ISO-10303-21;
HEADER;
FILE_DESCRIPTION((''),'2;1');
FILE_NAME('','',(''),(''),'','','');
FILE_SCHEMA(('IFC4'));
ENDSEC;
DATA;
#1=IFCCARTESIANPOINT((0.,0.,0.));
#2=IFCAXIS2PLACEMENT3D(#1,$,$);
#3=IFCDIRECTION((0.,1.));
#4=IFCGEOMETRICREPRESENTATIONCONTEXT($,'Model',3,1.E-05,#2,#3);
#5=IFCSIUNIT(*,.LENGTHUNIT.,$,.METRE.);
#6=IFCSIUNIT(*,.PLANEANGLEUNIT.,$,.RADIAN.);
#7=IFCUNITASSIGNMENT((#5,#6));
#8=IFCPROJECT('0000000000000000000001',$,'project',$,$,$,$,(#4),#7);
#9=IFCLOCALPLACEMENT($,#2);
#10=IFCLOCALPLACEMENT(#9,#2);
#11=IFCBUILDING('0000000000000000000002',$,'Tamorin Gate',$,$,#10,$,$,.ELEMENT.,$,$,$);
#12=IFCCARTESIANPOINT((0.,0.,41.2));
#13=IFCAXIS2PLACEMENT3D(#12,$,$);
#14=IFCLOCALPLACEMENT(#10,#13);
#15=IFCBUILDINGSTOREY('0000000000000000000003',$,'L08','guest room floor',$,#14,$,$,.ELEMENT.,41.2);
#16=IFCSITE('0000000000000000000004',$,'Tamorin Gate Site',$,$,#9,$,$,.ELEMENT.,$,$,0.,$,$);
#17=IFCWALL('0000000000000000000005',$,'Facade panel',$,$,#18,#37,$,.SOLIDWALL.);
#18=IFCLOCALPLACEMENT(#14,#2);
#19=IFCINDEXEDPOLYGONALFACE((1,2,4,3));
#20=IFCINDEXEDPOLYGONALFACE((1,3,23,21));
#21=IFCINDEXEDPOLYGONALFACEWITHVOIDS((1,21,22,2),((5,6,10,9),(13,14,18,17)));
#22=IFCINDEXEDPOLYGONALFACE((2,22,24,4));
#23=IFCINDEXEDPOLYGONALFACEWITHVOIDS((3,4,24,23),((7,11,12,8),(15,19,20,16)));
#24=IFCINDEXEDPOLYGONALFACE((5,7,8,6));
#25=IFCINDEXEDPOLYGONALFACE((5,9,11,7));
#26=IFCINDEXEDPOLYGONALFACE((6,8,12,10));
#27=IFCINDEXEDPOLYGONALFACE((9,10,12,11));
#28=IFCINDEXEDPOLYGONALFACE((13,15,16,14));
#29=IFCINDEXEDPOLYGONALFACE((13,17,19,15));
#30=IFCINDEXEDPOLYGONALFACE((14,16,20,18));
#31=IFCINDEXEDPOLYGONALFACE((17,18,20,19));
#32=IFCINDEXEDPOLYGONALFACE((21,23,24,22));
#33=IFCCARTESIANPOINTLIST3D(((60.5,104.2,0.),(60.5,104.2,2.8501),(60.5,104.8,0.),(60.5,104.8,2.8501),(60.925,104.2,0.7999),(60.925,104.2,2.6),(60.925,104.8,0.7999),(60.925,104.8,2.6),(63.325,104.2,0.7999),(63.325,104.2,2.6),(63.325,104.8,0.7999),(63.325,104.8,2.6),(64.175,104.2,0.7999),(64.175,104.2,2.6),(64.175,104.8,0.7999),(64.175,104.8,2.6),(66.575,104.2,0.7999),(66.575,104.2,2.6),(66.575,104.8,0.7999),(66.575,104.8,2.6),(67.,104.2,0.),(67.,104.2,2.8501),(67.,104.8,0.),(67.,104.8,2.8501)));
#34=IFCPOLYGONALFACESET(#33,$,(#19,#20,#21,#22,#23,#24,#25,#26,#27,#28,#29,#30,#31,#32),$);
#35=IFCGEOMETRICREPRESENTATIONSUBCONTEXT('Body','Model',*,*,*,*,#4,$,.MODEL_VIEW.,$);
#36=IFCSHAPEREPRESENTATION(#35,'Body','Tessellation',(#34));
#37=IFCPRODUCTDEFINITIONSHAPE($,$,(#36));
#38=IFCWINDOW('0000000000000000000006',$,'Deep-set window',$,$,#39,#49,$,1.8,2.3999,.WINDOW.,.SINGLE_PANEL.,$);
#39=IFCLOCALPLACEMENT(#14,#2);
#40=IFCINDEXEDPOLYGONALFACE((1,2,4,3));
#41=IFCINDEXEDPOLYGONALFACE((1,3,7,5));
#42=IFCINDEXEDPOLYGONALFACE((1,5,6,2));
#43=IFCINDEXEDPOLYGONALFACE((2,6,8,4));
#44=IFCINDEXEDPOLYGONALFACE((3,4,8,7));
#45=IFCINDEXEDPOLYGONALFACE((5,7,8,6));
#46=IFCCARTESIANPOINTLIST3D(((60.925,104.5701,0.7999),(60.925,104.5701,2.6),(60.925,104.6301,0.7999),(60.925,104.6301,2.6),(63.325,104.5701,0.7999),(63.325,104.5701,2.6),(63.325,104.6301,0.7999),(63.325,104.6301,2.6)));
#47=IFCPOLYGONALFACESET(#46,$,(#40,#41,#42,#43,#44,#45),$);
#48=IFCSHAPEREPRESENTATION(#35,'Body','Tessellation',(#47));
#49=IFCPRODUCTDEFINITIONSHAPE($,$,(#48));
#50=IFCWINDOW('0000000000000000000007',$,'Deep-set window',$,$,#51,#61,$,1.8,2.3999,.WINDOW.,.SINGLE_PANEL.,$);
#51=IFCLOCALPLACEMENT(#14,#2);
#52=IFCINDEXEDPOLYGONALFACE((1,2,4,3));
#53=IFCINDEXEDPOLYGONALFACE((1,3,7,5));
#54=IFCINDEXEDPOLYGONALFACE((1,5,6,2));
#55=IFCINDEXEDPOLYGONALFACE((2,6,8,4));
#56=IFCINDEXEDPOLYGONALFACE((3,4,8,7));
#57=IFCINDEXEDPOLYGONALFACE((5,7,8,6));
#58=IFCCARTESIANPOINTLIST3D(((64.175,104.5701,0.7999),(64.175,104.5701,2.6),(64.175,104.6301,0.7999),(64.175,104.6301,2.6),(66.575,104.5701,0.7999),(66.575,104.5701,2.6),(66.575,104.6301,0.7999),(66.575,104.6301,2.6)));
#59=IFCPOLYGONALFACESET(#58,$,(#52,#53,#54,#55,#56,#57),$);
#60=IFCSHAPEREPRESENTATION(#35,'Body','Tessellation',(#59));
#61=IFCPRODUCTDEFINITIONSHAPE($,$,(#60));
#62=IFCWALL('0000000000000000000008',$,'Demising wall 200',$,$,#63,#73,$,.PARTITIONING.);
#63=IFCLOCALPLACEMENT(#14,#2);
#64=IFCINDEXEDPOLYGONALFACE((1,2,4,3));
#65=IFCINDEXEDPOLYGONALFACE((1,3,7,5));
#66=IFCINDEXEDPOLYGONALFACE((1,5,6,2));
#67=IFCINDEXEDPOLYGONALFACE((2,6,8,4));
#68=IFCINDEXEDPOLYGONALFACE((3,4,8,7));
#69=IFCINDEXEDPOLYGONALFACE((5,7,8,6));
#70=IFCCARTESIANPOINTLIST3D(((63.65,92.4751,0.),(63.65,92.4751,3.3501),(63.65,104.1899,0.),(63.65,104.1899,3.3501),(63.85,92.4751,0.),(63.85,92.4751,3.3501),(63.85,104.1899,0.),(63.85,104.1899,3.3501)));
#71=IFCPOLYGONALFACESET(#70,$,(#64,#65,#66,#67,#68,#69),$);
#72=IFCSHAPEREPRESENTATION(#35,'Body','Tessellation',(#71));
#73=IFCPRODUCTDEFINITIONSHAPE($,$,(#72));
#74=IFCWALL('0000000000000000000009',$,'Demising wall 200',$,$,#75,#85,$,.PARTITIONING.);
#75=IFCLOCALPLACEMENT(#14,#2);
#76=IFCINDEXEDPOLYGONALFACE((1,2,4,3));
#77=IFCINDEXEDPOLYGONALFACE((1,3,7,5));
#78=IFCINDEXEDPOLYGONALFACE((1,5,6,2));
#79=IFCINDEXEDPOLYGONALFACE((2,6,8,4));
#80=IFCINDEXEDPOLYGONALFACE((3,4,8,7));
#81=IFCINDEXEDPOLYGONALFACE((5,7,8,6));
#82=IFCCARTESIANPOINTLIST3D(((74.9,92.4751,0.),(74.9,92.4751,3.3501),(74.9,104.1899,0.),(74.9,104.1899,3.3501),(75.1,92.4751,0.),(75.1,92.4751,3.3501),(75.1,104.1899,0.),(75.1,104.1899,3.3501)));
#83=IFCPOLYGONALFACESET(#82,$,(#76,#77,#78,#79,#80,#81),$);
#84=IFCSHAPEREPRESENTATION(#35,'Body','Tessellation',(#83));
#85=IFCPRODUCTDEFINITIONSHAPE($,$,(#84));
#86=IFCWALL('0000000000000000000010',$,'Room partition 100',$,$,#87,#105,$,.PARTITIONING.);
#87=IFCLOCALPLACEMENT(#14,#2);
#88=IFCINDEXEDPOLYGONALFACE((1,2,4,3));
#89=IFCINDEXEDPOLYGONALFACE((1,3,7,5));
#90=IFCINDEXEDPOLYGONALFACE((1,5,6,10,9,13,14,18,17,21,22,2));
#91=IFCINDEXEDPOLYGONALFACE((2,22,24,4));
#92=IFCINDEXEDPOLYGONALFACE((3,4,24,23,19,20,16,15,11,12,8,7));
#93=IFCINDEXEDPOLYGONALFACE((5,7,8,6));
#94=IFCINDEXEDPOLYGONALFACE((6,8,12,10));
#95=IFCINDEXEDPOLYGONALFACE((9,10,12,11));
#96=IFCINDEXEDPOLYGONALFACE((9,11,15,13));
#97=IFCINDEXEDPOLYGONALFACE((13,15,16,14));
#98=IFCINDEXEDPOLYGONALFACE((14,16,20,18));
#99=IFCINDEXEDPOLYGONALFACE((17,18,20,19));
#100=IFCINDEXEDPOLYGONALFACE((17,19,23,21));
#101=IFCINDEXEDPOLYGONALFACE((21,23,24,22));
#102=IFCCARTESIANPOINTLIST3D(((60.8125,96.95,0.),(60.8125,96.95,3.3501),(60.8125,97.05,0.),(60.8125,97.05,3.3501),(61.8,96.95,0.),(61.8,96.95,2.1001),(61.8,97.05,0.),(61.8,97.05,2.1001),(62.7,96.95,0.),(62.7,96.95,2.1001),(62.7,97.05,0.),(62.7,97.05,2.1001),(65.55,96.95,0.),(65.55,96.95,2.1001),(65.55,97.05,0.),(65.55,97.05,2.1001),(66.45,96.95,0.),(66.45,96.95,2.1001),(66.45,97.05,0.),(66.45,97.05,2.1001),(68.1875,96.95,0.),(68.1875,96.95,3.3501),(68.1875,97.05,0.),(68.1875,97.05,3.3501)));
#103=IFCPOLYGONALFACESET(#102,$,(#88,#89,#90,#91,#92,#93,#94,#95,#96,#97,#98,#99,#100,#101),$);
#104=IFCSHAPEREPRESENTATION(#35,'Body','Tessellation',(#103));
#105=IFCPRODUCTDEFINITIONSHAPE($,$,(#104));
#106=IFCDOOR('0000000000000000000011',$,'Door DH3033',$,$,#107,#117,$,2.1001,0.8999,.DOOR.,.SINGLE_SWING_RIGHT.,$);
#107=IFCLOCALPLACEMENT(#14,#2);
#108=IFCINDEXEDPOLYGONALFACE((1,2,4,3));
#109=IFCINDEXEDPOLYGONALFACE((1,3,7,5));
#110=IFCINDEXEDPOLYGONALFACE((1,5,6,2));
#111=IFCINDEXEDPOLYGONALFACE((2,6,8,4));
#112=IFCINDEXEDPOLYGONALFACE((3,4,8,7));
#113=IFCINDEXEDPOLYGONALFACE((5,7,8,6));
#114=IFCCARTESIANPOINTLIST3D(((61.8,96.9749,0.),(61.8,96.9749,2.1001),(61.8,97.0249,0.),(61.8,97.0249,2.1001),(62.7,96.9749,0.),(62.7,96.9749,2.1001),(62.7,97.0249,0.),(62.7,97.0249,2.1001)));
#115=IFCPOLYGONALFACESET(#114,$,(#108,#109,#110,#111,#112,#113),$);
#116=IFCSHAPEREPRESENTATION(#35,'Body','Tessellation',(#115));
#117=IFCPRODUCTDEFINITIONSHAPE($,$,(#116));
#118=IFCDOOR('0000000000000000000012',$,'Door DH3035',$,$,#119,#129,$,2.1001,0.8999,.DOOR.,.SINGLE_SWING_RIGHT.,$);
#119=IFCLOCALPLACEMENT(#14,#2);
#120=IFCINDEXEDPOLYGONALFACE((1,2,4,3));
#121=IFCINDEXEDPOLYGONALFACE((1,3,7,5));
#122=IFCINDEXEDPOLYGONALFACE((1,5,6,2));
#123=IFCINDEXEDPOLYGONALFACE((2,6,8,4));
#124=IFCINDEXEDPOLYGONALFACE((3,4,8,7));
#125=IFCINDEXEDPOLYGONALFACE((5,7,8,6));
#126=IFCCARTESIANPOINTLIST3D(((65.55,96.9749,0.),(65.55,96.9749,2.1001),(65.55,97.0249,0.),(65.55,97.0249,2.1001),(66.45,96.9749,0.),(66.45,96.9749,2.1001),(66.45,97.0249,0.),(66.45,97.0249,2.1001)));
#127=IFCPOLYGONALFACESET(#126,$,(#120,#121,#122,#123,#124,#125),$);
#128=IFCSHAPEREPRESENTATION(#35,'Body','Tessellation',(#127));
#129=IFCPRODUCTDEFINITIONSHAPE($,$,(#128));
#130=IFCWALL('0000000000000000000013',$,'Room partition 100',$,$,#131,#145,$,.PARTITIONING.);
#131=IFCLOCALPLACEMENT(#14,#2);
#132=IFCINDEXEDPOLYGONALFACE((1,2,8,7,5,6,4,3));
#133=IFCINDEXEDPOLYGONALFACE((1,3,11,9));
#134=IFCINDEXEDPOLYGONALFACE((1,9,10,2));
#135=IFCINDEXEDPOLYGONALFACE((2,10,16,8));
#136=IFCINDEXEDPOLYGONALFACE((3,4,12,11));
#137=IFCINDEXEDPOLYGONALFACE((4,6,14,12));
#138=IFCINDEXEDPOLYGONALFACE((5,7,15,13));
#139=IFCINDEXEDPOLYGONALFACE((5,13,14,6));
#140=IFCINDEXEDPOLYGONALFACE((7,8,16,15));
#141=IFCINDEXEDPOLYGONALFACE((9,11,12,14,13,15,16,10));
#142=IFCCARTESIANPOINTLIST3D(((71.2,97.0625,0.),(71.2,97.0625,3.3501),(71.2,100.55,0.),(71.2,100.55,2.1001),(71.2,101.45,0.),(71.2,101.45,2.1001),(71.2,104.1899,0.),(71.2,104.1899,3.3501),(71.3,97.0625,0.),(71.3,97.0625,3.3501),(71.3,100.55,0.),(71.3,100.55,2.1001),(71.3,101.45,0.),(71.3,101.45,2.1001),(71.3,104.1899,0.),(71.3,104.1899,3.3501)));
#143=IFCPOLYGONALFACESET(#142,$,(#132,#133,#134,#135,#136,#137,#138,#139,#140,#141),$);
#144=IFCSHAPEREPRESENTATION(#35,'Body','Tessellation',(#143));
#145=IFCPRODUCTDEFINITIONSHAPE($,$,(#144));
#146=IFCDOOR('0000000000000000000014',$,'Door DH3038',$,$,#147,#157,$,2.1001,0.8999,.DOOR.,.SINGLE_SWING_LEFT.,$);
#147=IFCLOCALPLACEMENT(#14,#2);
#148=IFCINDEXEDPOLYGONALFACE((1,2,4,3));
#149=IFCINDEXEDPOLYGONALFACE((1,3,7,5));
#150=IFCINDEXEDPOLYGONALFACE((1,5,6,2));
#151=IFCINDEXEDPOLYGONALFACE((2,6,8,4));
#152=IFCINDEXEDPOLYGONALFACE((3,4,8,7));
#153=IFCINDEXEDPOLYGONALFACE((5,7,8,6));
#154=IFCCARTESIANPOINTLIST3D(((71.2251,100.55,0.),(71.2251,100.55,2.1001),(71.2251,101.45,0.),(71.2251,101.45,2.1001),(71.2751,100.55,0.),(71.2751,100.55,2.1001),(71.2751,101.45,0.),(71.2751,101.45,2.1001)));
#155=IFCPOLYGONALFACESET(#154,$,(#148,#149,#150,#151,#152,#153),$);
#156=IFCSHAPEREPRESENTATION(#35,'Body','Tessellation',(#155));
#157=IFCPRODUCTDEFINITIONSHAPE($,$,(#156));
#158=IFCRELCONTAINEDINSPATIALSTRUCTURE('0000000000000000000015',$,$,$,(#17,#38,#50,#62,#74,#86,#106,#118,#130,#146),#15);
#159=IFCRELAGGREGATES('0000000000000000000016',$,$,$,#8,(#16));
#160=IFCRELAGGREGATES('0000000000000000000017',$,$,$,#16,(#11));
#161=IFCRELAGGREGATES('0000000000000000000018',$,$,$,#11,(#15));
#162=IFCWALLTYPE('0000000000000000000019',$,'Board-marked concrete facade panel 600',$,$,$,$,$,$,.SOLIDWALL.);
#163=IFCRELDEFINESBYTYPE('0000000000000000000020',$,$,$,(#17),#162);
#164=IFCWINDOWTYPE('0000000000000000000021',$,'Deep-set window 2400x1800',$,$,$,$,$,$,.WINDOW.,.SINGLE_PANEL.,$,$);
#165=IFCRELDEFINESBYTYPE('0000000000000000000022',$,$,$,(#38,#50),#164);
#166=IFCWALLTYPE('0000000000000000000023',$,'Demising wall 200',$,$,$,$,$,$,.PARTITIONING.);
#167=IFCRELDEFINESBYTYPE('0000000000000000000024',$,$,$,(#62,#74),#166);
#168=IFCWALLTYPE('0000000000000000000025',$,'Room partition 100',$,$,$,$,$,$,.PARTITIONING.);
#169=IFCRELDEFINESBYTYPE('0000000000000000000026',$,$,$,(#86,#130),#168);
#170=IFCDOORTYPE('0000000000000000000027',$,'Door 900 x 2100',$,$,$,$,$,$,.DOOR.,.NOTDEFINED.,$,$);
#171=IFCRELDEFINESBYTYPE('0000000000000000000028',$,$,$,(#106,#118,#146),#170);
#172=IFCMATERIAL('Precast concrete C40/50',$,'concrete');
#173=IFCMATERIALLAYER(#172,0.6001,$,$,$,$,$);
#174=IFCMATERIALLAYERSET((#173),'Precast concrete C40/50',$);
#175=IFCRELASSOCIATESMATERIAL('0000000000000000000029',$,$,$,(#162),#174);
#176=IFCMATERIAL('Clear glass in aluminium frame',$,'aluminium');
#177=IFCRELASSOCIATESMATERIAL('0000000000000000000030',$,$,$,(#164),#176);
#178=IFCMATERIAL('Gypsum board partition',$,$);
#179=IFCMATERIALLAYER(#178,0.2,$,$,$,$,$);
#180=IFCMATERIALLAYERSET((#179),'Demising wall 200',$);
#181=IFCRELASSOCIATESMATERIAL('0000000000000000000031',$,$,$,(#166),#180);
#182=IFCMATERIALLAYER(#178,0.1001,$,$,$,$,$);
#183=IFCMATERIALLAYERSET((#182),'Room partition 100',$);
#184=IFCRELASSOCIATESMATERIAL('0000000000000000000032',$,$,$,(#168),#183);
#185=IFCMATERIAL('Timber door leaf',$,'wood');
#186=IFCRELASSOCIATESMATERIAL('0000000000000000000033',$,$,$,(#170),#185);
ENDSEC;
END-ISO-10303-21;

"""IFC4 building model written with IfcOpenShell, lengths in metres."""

from ifc_helpers import new_model, si_unit, direction, frame, frame_2d, origin, place, context, subcontext, project, spatial, rectangle, extrude, material, layer, layer_set, type_object, element, fill, save


model = new_model("IFC4")

# Units and contexts
model_context = context("Model", 3, precision=1e-05, world=origin(), true_north=direction((0.0, 1.0)))
body_context = subcontext(model_context, "Body", "Model", "MODEL_VIEW")
ifc_project = project(units=[si_unit("LENGTHUNIT", "METRE"), si_unit("PLANEANGLEUNIT", "RADIAN")], contexts=[model_context])

# Site, building, storey
site_placement = place(None, origin())
site = spatial("IfcSite", under=ifc_project, at=site_placement, Name="Tamorin Gate Site", CompositionType="ELEMENT", RefElevation=0.0)
building_placement = place(site_placement, origin())
building = spatial("IfcBuilding", under=site, at=building_placement, Name="Tamorin Gate", CompositionType="ELEMENT")
storey_placement = place(building_placement, frame((0.0, 0.0, 41.2)))
storey = spatial("IfcBuildingStorey", under=building, at=storey_placement, Name="L08", Description="guest room floor", CompositionType="ELEMENT", Elevation=41.2)

# Wall, openings, windows
ifc_material_1 = material(Name="Precast concrete C40/50", Category="concrete")
ifc_layer_1 = layer(ifc_material_1, 0.6001)
ifc_layer_set_1 = layer_set([ifc_layer_1], Name="Precast concrete C40/50")
wall_type_1 = type_object("IfcWallType", Name="Board-marked concrete facade panel 600", PredefinedType="SOLIDWALL", material=ifc_layer_set_1)
ifc_material_2 = material(Name="Clear glass in aluminium frame", Category="aluminium")
window_type = type_object("IfcWindowType", Name="Deep-set window 2400x1800", PartitioningType="SINGLE_PANEL", PredefinedType="WINDOW", material=ifc_material_2)
wall_1_placement = place(storey_placement, frame((67.0, 104.5, 0.0), z_axis=(0.0, 0.0, 1.0), x_axis=(-1.0, 0.0, 0.0)))
wall_1 = element("IfcWall", 1, at=wall_1_placement, inside=storey, type_object=wall_type_1, Name="Facade panel", PredefinedType="SOLIDWALL", context=body_context, shape_type="SweptSolid", body=[
    extrude(rectangle(XDim=6.5, YDim=0.6001, at=frame_2d((3.25, 0.0))), origin(), (0.0, 0.0, 1.0), 2.8501),
])
opening_1_placement = place(wall_1_placement, frame((3.675, 0.0, 0.8)))
opening_1 = element("IfcOpeningElement", 2, at=opening_1_placement, cuts=wall_1, PredefinedType="OPENING", context=body_context, shape_type="SweptSolid", body=[
    extrude(rectangle(XDim=2.3999, YDim=1.8, at=frame_2d((1.2, 0.8999))), frame((0.0, 0.3101, 0.0), z_axis=(0.0, -1.0, 0.0), x_axis=(1.0, 0.0, 0.0)), (0.0, 0.0, 1.0), 0.6201),
])
opening_2_placement = place(wall_1_placement, frame((0.425, 0.0, 0.8)))
opening_2 = element("IfcOpeningElement", 3, at=opening_2_placement, cuts=wall_1, PredefinedType="OPENING", context=body_context, shape_type="SweptSolid", body=[
    extrude(rectangle(XDim=2.3999, YDim=1.8, at=frame_2d((1.2, 0.8999))), frame((0.0, 0.3101, 0.0), z_axis=(0.0, -1.0, 0.0), x_axis=(1.0, 0.0, 0.0)), (0.0, 0.0, 1.0), 0.6201),
])
window_1_placement = place(opening_1_placement, origin())
window_1 = element("IfcWindow", 4, at=window_1_placement, inside=storey, type_object=window_type, Name="Deep-set window", OverallHeight=1.8, OverallWidth=2.3999, PartitioningType="SINGLE_PANEL", PredefinedType="WINDOW", context=body_context, shape_type="SweptSolid", body=[
    extrude(rectangle(XDim=2.3999, YDim=1.8, at=frame_2d((1.2, 0.8999))), frame((0.0, -0.0701, 0.0), z_axis=(0.0, -1.0, 0.0), x_axis=(1.0, 0.0, 0.0)), (0.0, 0.0, 1.0), 0.0601),
])
fill(opening_1, window_1)
window_2_placement = place(opening_2_placement, origin())
window_2 = element("IfcWindow", 5, at=window_2_placement, inside=storey, type_object=window_type, Name="Deep-set window", OverallHeight=1.8, OverallWidth=2.3999, PartitioningType="SINGLE_PANEL", PredefinedType="WINDOW", context=body_context, shape_type="SweptSolid", body=[
    extrude(rectangle(XDim=2.3999, YDim=1.8, at=frame_2d((1.2, 0.8999))), frame((0.0, -0.0701, 0.0), z_axis=(0.0, -1.0, 0.0), x_axis=(1.0, 0.0, 0.0)), (0.0, 0.0, 1.0), 0.0601),
])
fill(opening_2, window_2)

# Walls
ifc_material_3 = material(Name="Gypsum board partition")
ifc_layer_2 = layer(ifc_material_3, 0.2)
ifc_layer_set_2 = layer_set([ifc_layer_2], Name="Demising wall 200")
wall_type_2 = type_object("IfcWallType", Name="Demising wall 200", PredefinedType="PARTITIONING", material=ifc_layer_set_2)
for number, where, z_axis, x_axis, name in (
    (6, (63.75, 92.4751, 0.0), (0.0, 0.0, 1.0), (0.0, 1.0, 0.0), "Demising wall 200"),
    (7, (75.0, 92.4751, 0.0), (0.0, 0.0, 1.0), (0.0, 1.0, 0.0), "Demising wall 200"),
):
    element("IfcWall", number, at=place(storey_placement, frame(where, z_axis=z_axis, x_axis=x_axis)), inside=storey, type_object=wall_type_2, Name=name, PredefinedType="PARTITIONING", context=body_context, shape_type="SweptSolid", body=[
        extrude(rectangle(XDim=11.7148, YDim=0.2, at=frame_2d((5.8574, 0.0))), origin(), (0.0, 0.0, 1.0), 3.3501),
    ])

# Wall, openings, doors
ifc_layer_3 = layer(ifc_material_3, 0.1001)
ifc_layer_set_3 = layer_set([ifc_layer_3], Name="Room partition 100")
wall_type_3 = type_object("IfcWallType", Name="Room partition 100", PredefinedType="PARTITIONING", material=ifc_layer_set_3)
wall_2_placement = place(storey_placement, frame((60.8125, 97.0, 0.0), z_axis=(0.0, 0.0, 1.0), x_axis=(1.0, 0.0, 0.0)))
wall_2 = element("IfcWall", 8, at=wall_2_placement, inside=storey, type_object=wall_type_3, Name="Room partition 100", PredefinedType="PARTITIONING", context=body_context, shape_type="SweptSolid", body=[
    extrude(rectangle(XDim=7.375, YDim=0.1001, at=frame_2d((3.6875, 0.0))), origin(), (0.0, 0.0, 1.0), 3.3501),
])
opening_3_placement = place(wall_2_placement, frame((0.9875, 0.0, 0.0)))
opening_3 = element("IfcOpeningElement", 9, at=opening_3_placement, cuts=wall_2, PredefinedType="OPENING", context=body_context, shape_type="SweptSolid", body=[
    extrude(rectangle(XDim=0.8999, YDim=2.1001, at=frame_2d((0.45, 1.05))), frame((0.0, 0.0601, 0.0), z_axis=(0.0, -1.0, 0.0), x_axis=(1.0, 0.0, 0.0)), (0.0, 0.0, 1.0), 0.1201),
])
opening_4_placement = place(wall_2_placement, frame((4.7375, 0.0, 0.0)))
opening_4 = element("IfcOpeningElement", 10, at=opening_4_placement, cuts=wall_2, PredefinedType="OPENING", context=body_context, shape_type="SweptSolid", body=[
    extrude(rectangle(XDim=0.8999, YDim=2.1001, at=frame_2d((0.45, 1.05))), frame((0.0, 0.0601, 0.0), z_axis=(0.0, -1.0, 0.0), x_axis=(1.0, 0.0, 0.0)), (0.0, 0.0, 1.0), 0.1201),
])
ifc_material_4 = material(Name="Timber door leaf", Category="wood")
door_type = type_object("IfcDoorType", Name="Door 900 x 2100", OperationType="NOTDEFINED", PredefinedType="DOOR", material=ifc_material_4)
door_1_placement = place(opening_3_placement, origin())
door_1 = element("IfcDoor", 11, at=door_1_placement, inside=storey, type_object=door_type, Name="Door DH3033", OperationType="SINGLE_SWING_RIGHT", OverallHeight=2.1001, OverallWidth=0.8999, PredefinedType="DOOR", context=body_context, shape_type="SweptSolid", body=[
    extrude(rectangle(XDim=0.8999, YDim=2.1001, at=frame_2d((0.45, 1.05))), frame((0.0, 0.0249, 0.0), z_axis=(0.0, -1.0, 0.0), x_axis=(1.0, 0.0, 0.0)), (0.0, 0.0, 1.0), 0.05),
])
fill(opening_3, door_1)
door_2_placement = place(opening_4_placement, origin())
door_2 = element("IfcDoor", 12, at=door_2_placement, inside=storey, type_object=door_type, Name="Door DH3035", OperationType="SINGLE_SWING_RIGHT", OverallHeight=2.1001, OverallWidth=0.8999, PredefinedType="DOOR", context=body_context, shape_type="SweptSolid", body=[
    extrude(rectangle(XDim=0.8999, YDim=2.1001, at=frame_2d((0.45, 1.05))), frame((0.0, 0.0249, 0.0), z_axis=(0.0, -1.0, 0.0), x_axis=(1.0, 0.0, 0.0)), (0.0, 0.0, 1.0), 0.05),
])
fill(opening_4, door_2)

# Wall, opening, door
wall_3_placement = place(storey_placement, frame((71.25, 97.0625, 0.0), z_axis=(0.0, 0.0, 1.0), x_axis=(0.0, 1.0, 0.0)))
wall_3 = element("IfcWall", 13, at=wall_3_placement, inside=storey, type_object=wall_type_3, Name="Room partition 100", PredefinedType="PARTITIONING", context=body_context, shape_type="SweptSolid", body=[
    extrude(rectangle(XDim=7.1274, YDim=0.1001, at=frame_2d((3.5637, 0.0))), origin(), (0.0, 0.0, 1.0), 3.3501),
])
opening_5_placement = place(wall_3_placement, frame((3.4875, 0.0, 0.0)))
opening_5 = element("IfcOpeningElement", 14, at=opening_5_placement, cuts=wall_3, PredefinedType="OPENING", context=body_context, shape_type="SweptSolid", body=[
    extrude(rectangle(XDim=0.8999, YDim=2.1001, at=frame_2d((0.45, 1.05))), frame((0.0, 0.0601, 0.0), z_axis=(0.0, -1.0, 0.0), x_axis=(1.0, 0.0, 0.0)), (0.0, 0.0, 1.0), 0.1201),
])
door_3_placement = place(opening_5_placement, origin())
door_3 = element("IfcDoor", 15, at=door_3_placement, inside=storey, type_object=door_type, Name="Door DH3038", OperationType="SINGLE_SWING_LEFT", OverallHeight=2.1001, OverallWidth=0.8999, PredefinedType="DOOR", context=body_context, shape_type="SweptSolid", body=[
    extrude(rectangle(XDim=0.8999, YDim=2.1001, at=frame_2d((0.45, 1.05))), frame((0.0, 0.0249, 0.0), z_axis=(0.0, -1.0, 0.0), x_axis=(1.0, 0.0, 0.0)), (0.0, 0.0, 1.0), 0.05),
])
fill(opening_5, door_3)

save(model, "model.ifc")
